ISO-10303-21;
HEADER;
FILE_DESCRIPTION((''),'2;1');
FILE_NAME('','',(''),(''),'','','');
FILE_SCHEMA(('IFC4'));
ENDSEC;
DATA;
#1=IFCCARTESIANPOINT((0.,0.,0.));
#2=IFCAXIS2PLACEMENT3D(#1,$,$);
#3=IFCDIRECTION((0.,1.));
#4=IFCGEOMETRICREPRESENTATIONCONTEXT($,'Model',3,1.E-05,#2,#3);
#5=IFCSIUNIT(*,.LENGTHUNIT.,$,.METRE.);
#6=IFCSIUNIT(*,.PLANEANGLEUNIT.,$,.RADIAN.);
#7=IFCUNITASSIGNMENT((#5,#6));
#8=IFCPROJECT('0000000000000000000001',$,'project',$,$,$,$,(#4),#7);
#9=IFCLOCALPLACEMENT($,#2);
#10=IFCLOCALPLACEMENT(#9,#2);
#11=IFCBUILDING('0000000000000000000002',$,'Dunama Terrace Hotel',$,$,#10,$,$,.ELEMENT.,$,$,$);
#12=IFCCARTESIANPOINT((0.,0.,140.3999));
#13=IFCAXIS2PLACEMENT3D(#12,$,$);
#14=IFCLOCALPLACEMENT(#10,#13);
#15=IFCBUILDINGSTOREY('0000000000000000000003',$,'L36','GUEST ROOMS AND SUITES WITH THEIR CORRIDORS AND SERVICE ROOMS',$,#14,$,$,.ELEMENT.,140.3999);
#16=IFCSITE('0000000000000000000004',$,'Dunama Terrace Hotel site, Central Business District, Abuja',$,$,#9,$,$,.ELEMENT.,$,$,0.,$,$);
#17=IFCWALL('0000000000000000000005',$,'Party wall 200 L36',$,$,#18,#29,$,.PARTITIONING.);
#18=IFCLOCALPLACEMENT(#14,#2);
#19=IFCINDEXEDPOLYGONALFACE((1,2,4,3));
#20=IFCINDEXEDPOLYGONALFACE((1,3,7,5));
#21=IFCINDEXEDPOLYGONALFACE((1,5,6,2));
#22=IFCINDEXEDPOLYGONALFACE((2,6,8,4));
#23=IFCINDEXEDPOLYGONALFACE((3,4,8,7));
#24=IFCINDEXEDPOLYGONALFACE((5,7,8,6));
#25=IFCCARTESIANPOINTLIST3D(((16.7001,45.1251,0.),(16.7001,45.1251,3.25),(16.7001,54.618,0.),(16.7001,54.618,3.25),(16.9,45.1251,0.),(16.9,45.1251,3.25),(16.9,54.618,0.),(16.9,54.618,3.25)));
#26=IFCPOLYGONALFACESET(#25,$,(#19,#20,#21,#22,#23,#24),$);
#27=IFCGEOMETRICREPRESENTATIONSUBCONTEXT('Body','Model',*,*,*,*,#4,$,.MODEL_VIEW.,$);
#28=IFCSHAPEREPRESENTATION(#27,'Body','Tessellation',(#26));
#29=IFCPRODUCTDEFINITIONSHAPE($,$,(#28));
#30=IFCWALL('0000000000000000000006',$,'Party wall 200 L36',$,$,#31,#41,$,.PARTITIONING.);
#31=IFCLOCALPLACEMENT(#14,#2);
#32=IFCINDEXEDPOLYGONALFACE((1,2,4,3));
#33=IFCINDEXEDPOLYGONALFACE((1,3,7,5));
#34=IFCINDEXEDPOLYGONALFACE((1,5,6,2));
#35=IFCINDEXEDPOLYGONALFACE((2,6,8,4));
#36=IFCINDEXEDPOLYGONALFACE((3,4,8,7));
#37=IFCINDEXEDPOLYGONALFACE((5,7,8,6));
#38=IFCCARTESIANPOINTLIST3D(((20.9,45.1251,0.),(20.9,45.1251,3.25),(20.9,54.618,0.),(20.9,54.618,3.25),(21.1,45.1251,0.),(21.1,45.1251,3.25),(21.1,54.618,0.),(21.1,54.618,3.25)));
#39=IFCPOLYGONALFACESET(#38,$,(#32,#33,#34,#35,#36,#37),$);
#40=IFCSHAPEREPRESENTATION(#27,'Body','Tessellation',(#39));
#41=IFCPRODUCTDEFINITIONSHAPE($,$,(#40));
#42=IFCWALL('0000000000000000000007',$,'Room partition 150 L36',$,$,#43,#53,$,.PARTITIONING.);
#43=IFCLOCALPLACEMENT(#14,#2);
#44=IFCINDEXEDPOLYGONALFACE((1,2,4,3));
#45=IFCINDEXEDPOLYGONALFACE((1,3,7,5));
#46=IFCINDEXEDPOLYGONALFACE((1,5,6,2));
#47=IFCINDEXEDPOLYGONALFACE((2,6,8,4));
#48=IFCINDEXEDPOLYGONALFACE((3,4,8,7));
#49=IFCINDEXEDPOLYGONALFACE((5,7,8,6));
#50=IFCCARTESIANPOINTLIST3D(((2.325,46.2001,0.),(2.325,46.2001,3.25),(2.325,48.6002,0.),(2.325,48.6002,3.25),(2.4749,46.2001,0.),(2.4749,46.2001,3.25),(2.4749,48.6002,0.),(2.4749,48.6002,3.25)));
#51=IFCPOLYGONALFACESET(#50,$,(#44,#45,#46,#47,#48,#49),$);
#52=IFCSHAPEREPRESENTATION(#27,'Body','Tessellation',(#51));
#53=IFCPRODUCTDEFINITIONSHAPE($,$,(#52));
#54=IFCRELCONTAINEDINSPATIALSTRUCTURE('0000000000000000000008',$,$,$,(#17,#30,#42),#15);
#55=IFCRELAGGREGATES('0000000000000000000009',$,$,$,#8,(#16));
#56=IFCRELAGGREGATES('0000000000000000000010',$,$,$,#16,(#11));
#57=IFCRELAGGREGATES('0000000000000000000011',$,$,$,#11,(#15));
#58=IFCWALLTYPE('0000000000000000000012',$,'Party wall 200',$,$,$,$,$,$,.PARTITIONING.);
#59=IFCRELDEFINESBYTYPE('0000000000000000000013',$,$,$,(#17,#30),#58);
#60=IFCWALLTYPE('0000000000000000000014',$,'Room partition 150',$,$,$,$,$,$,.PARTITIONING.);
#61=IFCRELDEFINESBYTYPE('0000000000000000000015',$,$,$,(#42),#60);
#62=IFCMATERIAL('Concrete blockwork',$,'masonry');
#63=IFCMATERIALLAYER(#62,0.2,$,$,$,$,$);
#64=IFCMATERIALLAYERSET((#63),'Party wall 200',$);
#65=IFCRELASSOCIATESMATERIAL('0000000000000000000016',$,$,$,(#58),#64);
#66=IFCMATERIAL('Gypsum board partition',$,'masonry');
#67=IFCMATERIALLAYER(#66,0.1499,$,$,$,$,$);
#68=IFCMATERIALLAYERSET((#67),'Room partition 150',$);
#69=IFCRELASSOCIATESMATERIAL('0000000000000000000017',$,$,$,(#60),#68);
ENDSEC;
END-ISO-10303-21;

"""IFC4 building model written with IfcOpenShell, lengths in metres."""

from ifc_helpers import new_model, si_unit, direction, frame, frame_2d, origin, place, context, subcontext, project, spatial, rectangle, extrude, material, layer, layer_set, type_object, element, save


model = new_model("IFC4")

# Units and contexts
model_context = context("Model", 3, precision=1e-05, world=origin(), true_north=direction((0.0, 1.0)))
body_context = subcontext(model_context, "Body", "Model", "MODEL_VIEW")
ifc_project = project(units=[si_unit("LENGTHUNIT", "METRE"), si_unit("PLANEANGLEUNIT", "RADIAN")], contexts=[model_context])

# Site, building, storey
site_placement = place(None, origin())
site = spatial("IfcSite", under=ifc_project, at=site_placement, Name="Dunama Terrace Hotel site, Central Business District, Abuja", CompositionType="ELEMENT", RefElevation=0.0)
building_placement = place(site_placement, origin())
building = spatial("IfcBuilding", under=site, at=building_placement, Name="Dunama Terrace Hotel", CompositionType="ELEMENT")
storey_placement = place(building_placement, frame((0.0, 0.0, 140.3999)))
storey = spatial("IfcBuildingStorey", under=building, at=storey_placement, Name="L36", Description="GUEST ROOMS AND SUITES WITH THEIR CORRIDORS AND SERVICE ROOMS", CompositionType="ELEMENT", Elevation=140.3999)

# Walls
ifc_material_1 = material(Name="Concrete blockwork", Category="masonry")
ifc_layer_1 = layer(ifc_material_1, 0.2)
ifc_layer_set_1 = layer_set([ifc_layer_1], Name="Party wall 200")
wall_type_1 = type_object("IfcWallType", Name="Party wall 200", PredefinedType="PARTITIONING", material=ifc_layer_set_1)
for number, where, z_axis, x_axis, name in (
    (1, (16.8, 45.125, 0.0), (0.0, 0.0, 1.0), (0.0, 1.0, 0.0), "Party wall 200 L36"),
    (2, (21.0, 45.125, 0.0), (0.0, 0.0, 1.0), (0.0, 1.0, 0.0), "Party wall 200 L36"),
):
    element("IfcWall", number, at=place(storey_placement, frame(where, z_axis=z_axis, x_axis=x_axis)), inside=storey, type_object=wall_type_1, Name=name, PredefinedType="PARTITIONING", context=body_context, shape_type="SweptSolid", body=[
        extrude(rectangle(XDim=9.4929, YDim=0.2, at=frame_2d((4.7466, 0.0))), origin(), (0.0, 0.0, 1.0), 3.25),
    ])
ifc_material_2 = material(Name="Gypsum board partition", Category="masonry")
ifc_layer_2 = layer(ifc_material_2, 0.1499)
ifc_layer_set_2 = layer_set([ifc_layer_2], Name="Room partition 150")
wall_type_2 = type_object("IfcWallType", Name="Room partition 150", PredefinedType="PARTITIONING", material=ifc_layer_set_2)
wall_1_placement = place(storey_placement, frame((2.3999, 46.2, 0.0), z_axis=(0.0, 0.0, 1.0), x_axis=(0.0, 1.0, 0.0)))
element("IfcWall", 3, at=wall_1_placement, inside=storey, type_object=wall_type_2, Name="Room partition 150 L36", PredefinedType="PARTITIONING", context=body_context, shape_type="SweptSolid", body=[
    extrude(rectangle(XDim=2.4001, YDim=0.1499, at=frame_2d((1.2002, 0.0))), origin(), (0.0, 0.0, 1.0), 3.25),
])

save(model, "model.ifc")
